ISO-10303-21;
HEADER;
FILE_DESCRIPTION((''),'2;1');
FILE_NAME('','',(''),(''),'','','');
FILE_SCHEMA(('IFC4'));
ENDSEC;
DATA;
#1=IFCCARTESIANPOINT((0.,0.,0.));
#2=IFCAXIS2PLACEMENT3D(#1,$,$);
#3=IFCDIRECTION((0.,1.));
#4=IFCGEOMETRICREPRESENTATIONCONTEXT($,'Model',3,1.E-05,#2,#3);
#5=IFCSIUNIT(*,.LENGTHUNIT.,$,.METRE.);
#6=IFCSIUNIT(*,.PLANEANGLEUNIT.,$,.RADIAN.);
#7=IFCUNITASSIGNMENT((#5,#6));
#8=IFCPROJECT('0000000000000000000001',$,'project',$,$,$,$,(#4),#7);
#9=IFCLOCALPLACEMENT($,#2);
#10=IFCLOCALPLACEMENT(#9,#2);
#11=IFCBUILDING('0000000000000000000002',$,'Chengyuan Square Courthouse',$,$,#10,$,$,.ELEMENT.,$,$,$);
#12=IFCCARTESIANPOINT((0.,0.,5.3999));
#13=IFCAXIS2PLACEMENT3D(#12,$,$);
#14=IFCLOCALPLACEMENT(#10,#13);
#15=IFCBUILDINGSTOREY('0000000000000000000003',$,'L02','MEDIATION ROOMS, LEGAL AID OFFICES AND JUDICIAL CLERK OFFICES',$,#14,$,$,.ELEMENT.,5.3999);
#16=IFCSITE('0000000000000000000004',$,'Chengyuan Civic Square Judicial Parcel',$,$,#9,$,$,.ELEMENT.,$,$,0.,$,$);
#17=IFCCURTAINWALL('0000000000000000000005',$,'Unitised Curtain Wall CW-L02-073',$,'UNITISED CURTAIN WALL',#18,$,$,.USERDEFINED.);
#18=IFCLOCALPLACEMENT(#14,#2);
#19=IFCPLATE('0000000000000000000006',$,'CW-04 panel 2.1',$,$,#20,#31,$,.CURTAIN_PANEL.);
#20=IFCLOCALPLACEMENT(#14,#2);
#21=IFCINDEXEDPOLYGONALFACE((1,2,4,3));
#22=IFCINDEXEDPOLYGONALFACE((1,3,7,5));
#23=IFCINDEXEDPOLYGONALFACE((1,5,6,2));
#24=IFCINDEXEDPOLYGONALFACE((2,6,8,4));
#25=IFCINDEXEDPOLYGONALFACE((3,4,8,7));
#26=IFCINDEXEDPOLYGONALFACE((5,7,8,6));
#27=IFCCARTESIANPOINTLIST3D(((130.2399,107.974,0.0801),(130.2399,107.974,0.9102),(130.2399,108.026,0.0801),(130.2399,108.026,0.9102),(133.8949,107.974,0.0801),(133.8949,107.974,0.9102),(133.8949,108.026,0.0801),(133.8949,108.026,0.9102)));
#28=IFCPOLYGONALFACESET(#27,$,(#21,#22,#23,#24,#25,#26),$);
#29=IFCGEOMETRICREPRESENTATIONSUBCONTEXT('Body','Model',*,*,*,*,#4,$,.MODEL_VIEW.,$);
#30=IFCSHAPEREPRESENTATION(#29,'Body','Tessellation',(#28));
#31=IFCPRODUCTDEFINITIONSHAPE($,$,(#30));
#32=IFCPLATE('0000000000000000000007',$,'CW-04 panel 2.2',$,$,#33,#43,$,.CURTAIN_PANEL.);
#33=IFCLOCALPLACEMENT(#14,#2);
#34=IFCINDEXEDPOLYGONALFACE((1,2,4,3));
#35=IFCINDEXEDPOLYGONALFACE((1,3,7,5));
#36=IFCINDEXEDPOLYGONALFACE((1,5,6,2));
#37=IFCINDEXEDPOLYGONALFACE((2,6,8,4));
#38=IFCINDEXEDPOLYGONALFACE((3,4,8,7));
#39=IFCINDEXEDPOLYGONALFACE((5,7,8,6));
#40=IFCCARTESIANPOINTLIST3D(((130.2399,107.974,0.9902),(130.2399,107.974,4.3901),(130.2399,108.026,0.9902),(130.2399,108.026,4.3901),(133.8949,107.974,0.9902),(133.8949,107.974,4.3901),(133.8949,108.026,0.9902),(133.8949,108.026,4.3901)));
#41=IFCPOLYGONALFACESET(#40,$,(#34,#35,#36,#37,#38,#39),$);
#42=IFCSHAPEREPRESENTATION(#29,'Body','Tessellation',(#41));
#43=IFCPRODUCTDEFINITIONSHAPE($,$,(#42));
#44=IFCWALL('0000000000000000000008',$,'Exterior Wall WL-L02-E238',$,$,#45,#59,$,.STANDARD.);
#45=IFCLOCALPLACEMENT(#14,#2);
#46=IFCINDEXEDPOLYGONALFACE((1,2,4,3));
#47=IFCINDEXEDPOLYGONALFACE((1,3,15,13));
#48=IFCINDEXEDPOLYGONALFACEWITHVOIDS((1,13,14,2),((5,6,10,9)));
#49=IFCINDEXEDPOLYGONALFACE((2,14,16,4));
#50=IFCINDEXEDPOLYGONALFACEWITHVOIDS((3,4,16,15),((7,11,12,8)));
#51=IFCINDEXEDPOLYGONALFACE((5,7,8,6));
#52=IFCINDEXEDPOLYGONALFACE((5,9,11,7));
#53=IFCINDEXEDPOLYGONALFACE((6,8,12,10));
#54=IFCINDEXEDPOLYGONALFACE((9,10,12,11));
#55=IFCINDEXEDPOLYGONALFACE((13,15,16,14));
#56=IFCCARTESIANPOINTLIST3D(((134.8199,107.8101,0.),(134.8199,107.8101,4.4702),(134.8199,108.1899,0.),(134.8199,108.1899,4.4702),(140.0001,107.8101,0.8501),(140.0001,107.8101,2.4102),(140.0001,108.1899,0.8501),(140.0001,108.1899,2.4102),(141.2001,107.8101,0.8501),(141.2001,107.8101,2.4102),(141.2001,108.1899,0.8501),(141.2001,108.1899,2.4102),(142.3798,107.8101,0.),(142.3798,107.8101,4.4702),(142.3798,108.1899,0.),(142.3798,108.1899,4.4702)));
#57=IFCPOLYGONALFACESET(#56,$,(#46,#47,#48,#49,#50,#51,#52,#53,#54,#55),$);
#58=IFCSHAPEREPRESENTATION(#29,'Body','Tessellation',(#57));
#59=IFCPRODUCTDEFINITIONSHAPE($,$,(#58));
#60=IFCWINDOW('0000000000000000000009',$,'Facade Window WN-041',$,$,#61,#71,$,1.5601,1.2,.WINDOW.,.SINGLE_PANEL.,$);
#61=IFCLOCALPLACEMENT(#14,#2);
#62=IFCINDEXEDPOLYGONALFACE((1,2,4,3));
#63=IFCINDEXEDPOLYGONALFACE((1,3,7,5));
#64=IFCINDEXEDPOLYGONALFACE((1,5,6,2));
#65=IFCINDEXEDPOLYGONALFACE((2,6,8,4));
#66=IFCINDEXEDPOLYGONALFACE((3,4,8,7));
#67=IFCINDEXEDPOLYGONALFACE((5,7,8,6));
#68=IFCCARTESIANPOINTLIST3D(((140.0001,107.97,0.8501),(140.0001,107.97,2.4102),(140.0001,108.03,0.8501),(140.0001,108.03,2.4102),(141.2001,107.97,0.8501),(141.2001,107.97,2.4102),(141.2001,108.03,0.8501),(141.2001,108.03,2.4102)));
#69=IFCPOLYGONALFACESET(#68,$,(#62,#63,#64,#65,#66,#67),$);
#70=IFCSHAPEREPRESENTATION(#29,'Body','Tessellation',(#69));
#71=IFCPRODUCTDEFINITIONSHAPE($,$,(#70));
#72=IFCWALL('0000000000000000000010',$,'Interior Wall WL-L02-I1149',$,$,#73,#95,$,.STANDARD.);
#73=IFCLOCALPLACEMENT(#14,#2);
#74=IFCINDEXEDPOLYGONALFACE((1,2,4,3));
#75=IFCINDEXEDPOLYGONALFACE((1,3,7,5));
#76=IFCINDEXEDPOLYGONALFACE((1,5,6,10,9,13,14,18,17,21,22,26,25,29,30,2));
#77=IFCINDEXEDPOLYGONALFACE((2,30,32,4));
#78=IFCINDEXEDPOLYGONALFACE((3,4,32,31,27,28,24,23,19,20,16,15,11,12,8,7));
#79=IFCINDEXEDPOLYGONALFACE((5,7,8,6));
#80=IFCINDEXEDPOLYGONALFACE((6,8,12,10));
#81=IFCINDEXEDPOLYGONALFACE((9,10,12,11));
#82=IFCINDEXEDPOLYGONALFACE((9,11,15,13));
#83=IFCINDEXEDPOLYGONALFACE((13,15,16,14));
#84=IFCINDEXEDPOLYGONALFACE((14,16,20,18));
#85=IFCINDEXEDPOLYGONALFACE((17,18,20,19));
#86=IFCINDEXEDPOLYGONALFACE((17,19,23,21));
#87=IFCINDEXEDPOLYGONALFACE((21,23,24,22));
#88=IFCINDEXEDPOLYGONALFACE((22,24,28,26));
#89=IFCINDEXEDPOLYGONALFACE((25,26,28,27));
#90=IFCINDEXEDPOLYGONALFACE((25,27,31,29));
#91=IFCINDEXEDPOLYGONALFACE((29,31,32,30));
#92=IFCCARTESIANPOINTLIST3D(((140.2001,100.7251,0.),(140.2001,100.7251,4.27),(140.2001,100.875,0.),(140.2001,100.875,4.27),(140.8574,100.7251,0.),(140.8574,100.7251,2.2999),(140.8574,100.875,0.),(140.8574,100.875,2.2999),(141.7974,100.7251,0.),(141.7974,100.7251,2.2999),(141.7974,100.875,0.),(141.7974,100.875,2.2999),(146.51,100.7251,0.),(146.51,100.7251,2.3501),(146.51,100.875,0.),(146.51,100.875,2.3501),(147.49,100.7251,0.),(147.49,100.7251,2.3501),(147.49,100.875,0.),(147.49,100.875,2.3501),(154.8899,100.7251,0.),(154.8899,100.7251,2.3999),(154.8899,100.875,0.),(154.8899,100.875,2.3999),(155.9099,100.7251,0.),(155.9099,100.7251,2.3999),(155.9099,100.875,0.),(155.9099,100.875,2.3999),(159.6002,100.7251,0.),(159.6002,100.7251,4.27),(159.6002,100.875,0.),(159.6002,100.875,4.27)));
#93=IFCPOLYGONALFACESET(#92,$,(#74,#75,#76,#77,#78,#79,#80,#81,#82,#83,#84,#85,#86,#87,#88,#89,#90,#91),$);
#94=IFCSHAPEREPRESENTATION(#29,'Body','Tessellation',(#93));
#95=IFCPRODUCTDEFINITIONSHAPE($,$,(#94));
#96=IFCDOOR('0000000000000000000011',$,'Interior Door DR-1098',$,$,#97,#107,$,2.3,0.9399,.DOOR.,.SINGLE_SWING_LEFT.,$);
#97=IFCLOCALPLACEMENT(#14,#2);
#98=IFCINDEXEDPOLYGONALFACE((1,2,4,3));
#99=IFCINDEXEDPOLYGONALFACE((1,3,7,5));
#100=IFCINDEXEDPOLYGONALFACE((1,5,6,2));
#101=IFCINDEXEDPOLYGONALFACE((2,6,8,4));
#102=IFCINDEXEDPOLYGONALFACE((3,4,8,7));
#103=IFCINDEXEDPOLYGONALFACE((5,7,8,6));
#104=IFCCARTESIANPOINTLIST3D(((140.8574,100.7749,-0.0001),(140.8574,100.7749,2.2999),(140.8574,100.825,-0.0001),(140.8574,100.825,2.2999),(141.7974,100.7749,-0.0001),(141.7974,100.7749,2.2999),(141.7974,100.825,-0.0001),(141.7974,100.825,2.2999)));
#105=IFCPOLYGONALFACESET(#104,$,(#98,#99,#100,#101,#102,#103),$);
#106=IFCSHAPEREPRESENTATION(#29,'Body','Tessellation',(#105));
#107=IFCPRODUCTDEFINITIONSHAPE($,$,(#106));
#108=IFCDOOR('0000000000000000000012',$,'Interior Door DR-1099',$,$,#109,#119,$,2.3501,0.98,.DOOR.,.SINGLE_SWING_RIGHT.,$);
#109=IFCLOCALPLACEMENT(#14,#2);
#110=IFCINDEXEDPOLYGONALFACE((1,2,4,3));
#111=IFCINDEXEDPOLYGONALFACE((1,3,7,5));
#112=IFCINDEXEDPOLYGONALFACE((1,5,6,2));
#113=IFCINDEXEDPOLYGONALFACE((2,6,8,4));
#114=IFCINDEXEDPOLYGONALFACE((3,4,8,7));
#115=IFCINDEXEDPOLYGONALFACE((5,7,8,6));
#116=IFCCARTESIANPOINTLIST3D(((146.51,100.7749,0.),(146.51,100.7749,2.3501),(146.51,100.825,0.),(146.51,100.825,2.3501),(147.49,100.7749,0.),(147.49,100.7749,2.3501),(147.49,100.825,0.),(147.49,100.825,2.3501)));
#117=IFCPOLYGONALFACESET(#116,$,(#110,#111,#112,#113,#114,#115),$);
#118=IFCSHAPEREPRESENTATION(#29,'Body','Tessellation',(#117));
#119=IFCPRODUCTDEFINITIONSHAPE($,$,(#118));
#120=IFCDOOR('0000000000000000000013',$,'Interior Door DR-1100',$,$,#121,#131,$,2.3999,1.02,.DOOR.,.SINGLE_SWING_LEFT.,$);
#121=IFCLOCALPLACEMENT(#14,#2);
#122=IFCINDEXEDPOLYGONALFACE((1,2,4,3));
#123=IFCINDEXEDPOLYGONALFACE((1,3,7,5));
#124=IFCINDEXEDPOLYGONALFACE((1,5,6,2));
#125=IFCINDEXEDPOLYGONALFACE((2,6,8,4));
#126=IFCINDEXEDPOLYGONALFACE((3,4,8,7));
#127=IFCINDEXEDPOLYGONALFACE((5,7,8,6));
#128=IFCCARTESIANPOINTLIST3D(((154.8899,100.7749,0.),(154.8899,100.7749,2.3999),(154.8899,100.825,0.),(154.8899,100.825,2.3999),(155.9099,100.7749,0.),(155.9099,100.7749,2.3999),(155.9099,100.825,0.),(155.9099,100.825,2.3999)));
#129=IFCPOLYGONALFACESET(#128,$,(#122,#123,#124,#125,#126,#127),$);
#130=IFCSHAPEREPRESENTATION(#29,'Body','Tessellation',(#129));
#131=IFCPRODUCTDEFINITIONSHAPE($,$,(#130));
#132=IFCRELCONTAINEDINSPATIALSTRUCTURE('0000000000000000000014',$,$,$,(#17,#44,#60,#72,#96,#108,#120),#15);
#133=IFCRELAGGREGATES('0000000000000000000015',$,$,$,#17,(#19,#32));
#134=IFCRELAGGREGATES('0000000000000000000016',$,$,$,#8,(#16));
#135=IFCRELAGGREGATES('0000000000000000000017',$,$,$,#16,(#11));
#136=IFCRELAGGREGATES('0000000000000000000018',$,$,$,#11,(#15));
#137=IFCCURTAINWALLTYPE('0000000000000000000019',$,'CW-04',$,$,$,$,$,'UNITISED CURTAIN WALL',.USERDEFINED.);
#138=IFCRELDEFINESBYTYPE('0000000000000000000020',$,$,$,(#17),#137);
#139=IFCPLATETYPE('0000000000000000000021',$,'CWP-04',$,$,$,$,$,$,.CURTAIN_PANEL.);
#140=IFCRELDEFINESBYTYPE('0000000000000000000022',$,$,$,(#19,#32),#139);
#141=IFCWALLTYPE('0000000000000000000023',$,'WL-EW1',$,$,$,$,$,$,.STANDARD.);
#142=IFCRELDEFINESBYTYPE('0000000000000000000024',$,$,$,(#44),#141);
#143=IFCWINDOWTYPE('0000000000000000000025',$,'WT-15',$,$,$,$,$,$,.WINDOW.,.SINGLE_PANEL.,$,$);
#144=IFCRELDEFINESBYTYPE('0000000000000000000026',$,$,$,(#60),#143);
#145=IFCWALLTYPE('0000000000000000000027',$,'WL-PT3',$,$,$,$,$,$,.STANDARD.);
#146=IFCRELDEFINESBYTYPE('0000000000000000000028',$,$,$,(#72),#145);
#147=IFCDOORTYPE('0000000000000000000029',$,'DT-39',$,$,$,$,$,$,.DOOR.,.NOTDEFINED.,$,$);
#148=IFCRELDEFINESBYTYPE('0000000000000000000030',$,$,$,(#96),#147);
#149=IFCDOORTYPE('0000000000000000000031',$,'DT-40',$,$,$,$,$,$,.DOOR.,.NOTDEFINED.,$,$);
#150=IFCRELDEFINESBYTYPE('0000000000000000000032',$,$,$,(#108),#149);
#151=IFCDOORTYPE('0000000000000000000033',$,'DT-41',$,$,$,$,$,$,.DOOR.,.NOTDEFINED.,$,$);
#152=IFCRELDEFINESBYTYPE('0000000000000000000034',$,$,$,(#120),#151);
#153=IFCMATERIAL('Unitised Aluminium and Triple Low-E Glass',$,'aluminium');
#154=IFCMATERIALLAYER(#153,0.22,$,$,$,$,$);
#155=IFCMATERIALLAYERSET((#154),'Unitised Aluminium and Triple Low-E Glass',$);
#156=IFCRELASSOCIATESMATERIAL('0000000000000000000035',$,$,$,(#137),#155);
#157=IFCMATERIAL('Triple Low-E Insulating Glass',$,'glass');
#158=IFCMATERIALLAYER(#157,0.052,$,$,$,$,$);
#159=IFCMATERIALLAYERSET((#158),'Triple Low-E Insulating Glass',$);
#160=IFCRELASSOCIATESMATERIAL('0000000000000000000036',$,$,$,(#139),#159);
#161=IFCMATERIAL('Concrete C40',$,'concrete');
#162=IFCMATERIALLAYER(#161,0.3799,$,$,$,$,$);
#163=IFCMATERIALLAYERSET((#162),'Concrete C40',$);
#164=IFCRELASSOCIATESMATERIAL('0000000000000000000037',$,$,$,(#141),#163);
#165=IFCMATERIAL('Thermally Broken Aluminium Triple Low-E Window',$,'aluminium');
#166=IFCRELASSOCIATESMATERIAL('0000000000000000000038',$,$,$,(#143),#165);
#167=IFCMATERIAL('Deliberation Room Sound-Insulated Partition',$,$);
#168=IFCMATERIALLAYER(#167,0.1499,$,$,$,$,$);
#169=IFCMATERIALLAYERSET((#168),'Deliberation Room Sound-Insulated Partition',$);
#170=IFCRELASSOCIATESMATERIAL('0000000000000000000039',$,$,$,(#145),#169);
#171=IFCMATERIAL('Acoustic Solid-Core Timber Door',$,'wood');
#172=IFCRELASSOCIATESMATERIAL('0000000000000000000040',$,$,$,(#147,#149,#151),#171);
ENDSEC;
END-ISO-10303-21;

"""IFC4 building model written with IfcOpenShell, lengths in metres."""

from ifc_helpers import new_model, si_unit, direction, frame, frame_2d, origin, origin_2d, place, context, subcontext, project, spatial, rectangle, extrude, material, layer, layer_set, type_object, element, fill, aggregate, save


model = new_model("IFC4")

# Units and contexts
model_context = context("Model", 3, precision=1e-05, world=origin(), true_north=direction((0.0, 1.0)))
body_context = subcontext(model_context, "Body", "Model", "MODEL_VIEW")
ifc_project = project(units=[si_unit("LENGTHUNIT", "METRE"), si_unit("PLANEANGLEUNIT", "RADIAN")], contexts=[model_context])

# Site, building, storey
site_placement = place(None, origin())
site = spatial("IfcSite", under=ifc_project, at=site_placement, Name="Chengyuan Civic Square Judicial Parcel", CompositionType="ELEMENT", RefElevation=0.0)
building_placement = place(site_placement, origin())
building = spatial("IfcBuilding", under=site, at=building_placement, Name="Chengyuan Square Courthouse", CompositionType="ELEMENT")
storey_placement = place(building_placement, frame((0.0, 0.0, 5.3999)))
storey = spatial("IfcBuildingStorey", under=building, at=storey_placement, Name="L02", Description="MEDIATION ROOMS, LEGAL AID OFFICES AND JUDICIAL CLERK OFFICES", CompositionType="ELEMENT", Elevation=5.3999)

# Shared definitions
ifc_material_1 = material(Name="Concrete C40", Category="concrete")

# Curtain wall, plates
ifc_material_2 = material(Name="Unitised Aluminium and Triple Low-E Glass", Category="aluminium")
ifc_layer_1 = layer(ifc_material_2, 0.22)
ifc_layer_set_1 = layer_set([ifc_layer_1], Name="Unitised Aluminium and Triple Low-E Glass")
curtain_wall_type = type_object("IfcCurtainWallType", Name="CW-04", ElementType="UNITISED CURTAIN WALL", PredefinedType="USERDEFINED", material=ifc_layer_set_1)
curtain_wall_placement = place(storey_placement, origin())
curtain_wall = element("IfcCurtainWall", 1, at=curtain_wall_placement, inside=storey, type_object=curtain_wall_type, Name="Unitised Curtain Wall CW-L02-073", ObjectType="UNITISED CURTAIN WALL", PredefinedType="USERDEFINED")
ifc_material_3 = material(Name="Triple Low-E Insulating Glass", Category="glass")
ifc_layer_2 = layer(ifc_material_3, 0.052)
ifc_layer_set_2 = layer_set([ifc_layer_2], Name="Triple Low-E Insulating Glass")
plate_type = type_object("IfcPlateType", Name="CWP-04", PredefinedType="CURTAIN_PANEL", material=ifc_layer_set_2)
plate_1_placement = place(storey_placement, frame((132.0674, 108.0, 0.0801), z_axis=(0.0, 0.0, 1.0), x_axis=(1.0, 0.0, 0.0)))
plate_1 = element("IfcPlate", 2, at=plate_1_placement, type_object=plate_type, Name="CW-04 panel 2.1", PredefinedType="CURTAIN_PANEL", context=body_context, shape_type="SweptSolid", body=[
    extrude(rectangle(XDim=3.655, YDim=0.052, at=origin_2d()), origin(), (0.0, 0.0, 1.0), 0.8301),
])
plate_2_placement = place(storey_placement, frame((132.0674, 108.0, 0.9902), z_axis=(0.0, 0.0, 1.0), x_axis=(1.0, 0.0, 0.0)))
plate_2 = element("IfcPlate", 3, at=plate_2_placement, type_object=plate_type, Name="CW-04 panel 2.2", PredefinedType="CURTAIN_PANEL", context=body_context, shape_type="SweptSolid", body=[
    extrude(rectangle(XDim=3.655, YDim=0.052, at=origin_2d()), origin(), (0.0, 0.0, 1.0), 3.3999),
])
aggregate(curtain_wall, [plate_1, plate_2])

# Wall, opening, window
ifc_layer_3 = layer(ifc_material_1, 0.3799)
ifc_layer_set_3 = layer_set([ifc_layer_3], Name="Concrete C40")
wall_type_1 = type_object("IfcWallType", Name="WL-EW1", PredefinedType="STANDARD", material=ifc_layer_set_3)
wall_1_placement = place(storey_placement, frame((134.8201, 108.0, 0.0), z_axis=(0.0, 0.0, 1.0), x_axis=(1.0, 0.0, 0.0)))
wall_1 = element("IfcWall", 4, at=wall_1_placement, inside=storey, type_object=wall_type_1, Name="Exterior Wall WL-L02-E238", PredefinedType="STANDARD", context=body_context, shape_type="SweptSolid", body=[
    extrude(rectangle(XDim=7.5598, YDim=0.3799, at=frame_2d((3.7798, 0.0))), origin(), (0.0, 0.0, 1.0), 4.4702),
])
opening_1_placement = place(wall_1_placement, frame((5.1799, 0.0, 0.8501)))
opening_1 = element("IfcOpeningElement", 5, at=opening_1_placement, cuts=wall_1, PredefinedType="OPENING", context=body_context, shape_type="SweptSolid", body=[
    extrude(rectangle(XDim=1.2, YDim=1.5601, at=frame_2d((0.6001, 0.78))), frame((0.0, 0.2019, 0.0), z_axis=(0.0, -1.0, 0.0), x_axis=(1.0, 0.0, 0.0)), (0.0, 0.0, 1.0), 0.4038),
])
ifc_material_4 = material(Name="Thermally Broken Aluminium Triple Low-E Window", Category="aluminium")
window_type = type_object("IfcWindowType", Name="WT-15", PartitioningType="SINGLE_PANEL", PredefinedType="WINDOW", material=ifc_material_4)
window_placement = place(opening_1_placement, origin())
window = element("IfcWindow", 6, at=window_placement, inside=storey, type_object=window_type, Name="Facade Window WN-041", OverallHeight=1.5601, OverallWidth=1.2, PartitioningType="SINGLE_PANEL", PredefinedType="WINDOW", context=body_context, shape_type="SweptSolid", body=[
    extrude(rectangle(XDim=1.2, YDim=1.5601, at=frame_2d((0.6001, 0.78))), frame((0.0, 0.03, 0.0), z_axis=(0.0, -1.0, 0.0), x_axis=(1.0, 0.0, 0.0)), (0.0, 0.0, 1.0), 0.0601),
])
fill(opening_1, window)

# Wall, openings, doors
ifc_material_5 = material(Name="Deliberation Room Sound-Insulated Partition")
ifc_layer_4 = layer(ifc_material_5, 0.1499)
ifc_layer_set_4 = layer_set([ifc_layer_4], Name="Deliberation Room Sound-Insulated Partition")
wall_type_2 = type_object("IfcWallType", Name="WL-PT3", PredefinedType="STANDARD", material=ifc_layer_set_4)
wall_2_placement = place(storey_placement, frame((140.2, 100.8, 0.0), z_axis=(0.0, 0.0, 1.0), x_axis=(1.0, 0.0, 0.0)))
wall_2 = element("IfcWall", 7, at=wall_2_placement, inside=storey, type_object=wall_type_2, Name="Interior Wall WL-L02-I1149", PredefinedType="STANDARD", context=body_context, shape_type="SweptSolid", body=[
    extrude(rectangle(XDim=19.4001, YDim=0.1499, at=frame_2d((9.7002, 0.0))), origin(), (0.0, 0.0, 1.0), 4.27),
])
opening_2_placement = place(wall_2_placement, frame((0.6575, 0.0, 0.0)))
opening_2 = element("IfcOpeningElement", 8, at=opening_2_placement, cuts=wall_2, PredefinedType="OPENING", context=body_context, shape_type="SweptSolid", body=[
    extrude(rectangle(XDim=0.9399, YDim=2.3, at=frame_2d((0.47, 1.1499))), frame((0.0, 0.0869, 0.0), z_axis=(0.0, -1.0, 0.0), x_axis=(1.0, 0.0, 0.0)), (0.0, 0.0, 1.0), 0.1738),
])
opening_3_placement = place(wall_2_placement, frame((6.3101, 0.0, 0.0)))
opening_3 = element("IfcOpeningElement", 9, at=opening_3_placement, cuts=wall_2, PredefinedType="OPENING", context=body_context, shape_type="SweptSolid", body=[
    extrude(rectangle(XDim=0.98, YDim=2.3501, at=frame_2d((0.49, 1.175))), frame((0.0, 0.0869, 0.0), z_axis=(0.0, -1.0, 0.0), x_axis=(1.0, 0.0, 0.0)), (0.0, 0.0, 1.0), 0.1738),
])
opening_4_placement = place(wall_2_placement, frame((14.6899, 0.0, 0.0)))
opening_4 = element("IfcOpeningElement", 10, at=opening_4_placement, cuts=wall_2, PredefinedType="OPENING", context=body_context, shape_type="SweptSolid", body=[
    extrude(rectangle(XDim=1.02, YDim=2.3999, at=frame_2d((0.51, 1.2))), frame((0.0, 0.0869, 0.0), z_axis=(0.0, -1.0, 0.0), x_axis=(1.0, 0.0, 0.0)), (0.0, 0.0, 1.0), 0.1738),
])
ifc_material_6 = material(Name="Acoustic Solid-Core Timber Door", Category="wood")
door_type_1 = type_object("IfcDoorType", Name="DT-39", OperationType="NOTDEFINED", PredefinedType="DOOR", material=ifc_material_6)
door_1_placement = place(opening_2_placement, origin())
door_1 = element("IfcDoor", 11, at=door_1_placement, inside=storey, type_object=door_type_1, Name="Interior Door DR-1098", OperationType="SINGLE_SWING_LEFT", OverallHeight=2.3, OverallWidth=0.9399, PredefinedType="DOOR", context=body_context, shape_type="SweptSolid", body=[
    extrude(rectangle(XDim=0.9399, YDim=2.3, at=frame_2d((0.47, 1.1499))), frame((0.0, 0.0249, 0.0), z_axis=(0.0, -1.0, 0.0), x_axis=(1.0, 0.0, 0.0)), (0.0, 0.0, 1.0), 0.05),
])
fill(opening_2, door_1)
door_type_2 = type_object("IfcDoorType", Name="DT-40", OperationType="NOTDEFINED", PredefinedType="DOOR", material=ifc_material_6)
door_2_placement = place(opening_3_placement, origin())
door_2 = element("IfcDoor", 12, at=door_2_placement, inside=storey, type_object=door_type_2, Name="Interior Door DR-1099", OperationType="SINGLE_SWING_RIGHT", OverallHeight=2.3501, OverallWidth=0.98, PredefinedType="DOOR", context=body_context, shape_type="SweptSolid", body=[
    extrude(rectangle(XDim=0.98, YDim=2.3501, at=frame_2d((0.49, 1.175))), frame((0.0, 0.0249, 0.0), z_axis=(0.0, -1.0, 0.0), x_axis=(1.0, 0.0, 0.0)), (0.0, 0.0, 1.0), 0.05),
])
fill(opening_3, door_2)
door_type_3 = type_object("IfcDoorType", Name="DT-41", OperationType="NOTDEFINED", PredefinedType="DOOR", material=ifc_material_6)
door_3_placement = place(opening_4_placement, origin())
door_3 = element("IfcDoor", 13, at=door_3_placement, inside=storey, type_object=door_type_3, Name="Interior Door DR-1100", OperationType="SINGLE_SWING_LEFT", OverallHeight=2.3999, OverallWidth=1.02, PredefinedType="DOOR", context=body_context, shape_type="SweptSolid", body=[
    extrude(rectangle(XDim=1.02, YDim=2.3999, at=frame_2d((0.51, 1.2))), frame((0.0, 0.0249, 0.0), z_axis=(0.0, -1.0, 0.0), x_axis=(1.0, 0.0, 0.0)), (0.0, 0.0, 1.0), 0.05),
])
fill(opening_4, door_3)

save(model, "model.ifc")
